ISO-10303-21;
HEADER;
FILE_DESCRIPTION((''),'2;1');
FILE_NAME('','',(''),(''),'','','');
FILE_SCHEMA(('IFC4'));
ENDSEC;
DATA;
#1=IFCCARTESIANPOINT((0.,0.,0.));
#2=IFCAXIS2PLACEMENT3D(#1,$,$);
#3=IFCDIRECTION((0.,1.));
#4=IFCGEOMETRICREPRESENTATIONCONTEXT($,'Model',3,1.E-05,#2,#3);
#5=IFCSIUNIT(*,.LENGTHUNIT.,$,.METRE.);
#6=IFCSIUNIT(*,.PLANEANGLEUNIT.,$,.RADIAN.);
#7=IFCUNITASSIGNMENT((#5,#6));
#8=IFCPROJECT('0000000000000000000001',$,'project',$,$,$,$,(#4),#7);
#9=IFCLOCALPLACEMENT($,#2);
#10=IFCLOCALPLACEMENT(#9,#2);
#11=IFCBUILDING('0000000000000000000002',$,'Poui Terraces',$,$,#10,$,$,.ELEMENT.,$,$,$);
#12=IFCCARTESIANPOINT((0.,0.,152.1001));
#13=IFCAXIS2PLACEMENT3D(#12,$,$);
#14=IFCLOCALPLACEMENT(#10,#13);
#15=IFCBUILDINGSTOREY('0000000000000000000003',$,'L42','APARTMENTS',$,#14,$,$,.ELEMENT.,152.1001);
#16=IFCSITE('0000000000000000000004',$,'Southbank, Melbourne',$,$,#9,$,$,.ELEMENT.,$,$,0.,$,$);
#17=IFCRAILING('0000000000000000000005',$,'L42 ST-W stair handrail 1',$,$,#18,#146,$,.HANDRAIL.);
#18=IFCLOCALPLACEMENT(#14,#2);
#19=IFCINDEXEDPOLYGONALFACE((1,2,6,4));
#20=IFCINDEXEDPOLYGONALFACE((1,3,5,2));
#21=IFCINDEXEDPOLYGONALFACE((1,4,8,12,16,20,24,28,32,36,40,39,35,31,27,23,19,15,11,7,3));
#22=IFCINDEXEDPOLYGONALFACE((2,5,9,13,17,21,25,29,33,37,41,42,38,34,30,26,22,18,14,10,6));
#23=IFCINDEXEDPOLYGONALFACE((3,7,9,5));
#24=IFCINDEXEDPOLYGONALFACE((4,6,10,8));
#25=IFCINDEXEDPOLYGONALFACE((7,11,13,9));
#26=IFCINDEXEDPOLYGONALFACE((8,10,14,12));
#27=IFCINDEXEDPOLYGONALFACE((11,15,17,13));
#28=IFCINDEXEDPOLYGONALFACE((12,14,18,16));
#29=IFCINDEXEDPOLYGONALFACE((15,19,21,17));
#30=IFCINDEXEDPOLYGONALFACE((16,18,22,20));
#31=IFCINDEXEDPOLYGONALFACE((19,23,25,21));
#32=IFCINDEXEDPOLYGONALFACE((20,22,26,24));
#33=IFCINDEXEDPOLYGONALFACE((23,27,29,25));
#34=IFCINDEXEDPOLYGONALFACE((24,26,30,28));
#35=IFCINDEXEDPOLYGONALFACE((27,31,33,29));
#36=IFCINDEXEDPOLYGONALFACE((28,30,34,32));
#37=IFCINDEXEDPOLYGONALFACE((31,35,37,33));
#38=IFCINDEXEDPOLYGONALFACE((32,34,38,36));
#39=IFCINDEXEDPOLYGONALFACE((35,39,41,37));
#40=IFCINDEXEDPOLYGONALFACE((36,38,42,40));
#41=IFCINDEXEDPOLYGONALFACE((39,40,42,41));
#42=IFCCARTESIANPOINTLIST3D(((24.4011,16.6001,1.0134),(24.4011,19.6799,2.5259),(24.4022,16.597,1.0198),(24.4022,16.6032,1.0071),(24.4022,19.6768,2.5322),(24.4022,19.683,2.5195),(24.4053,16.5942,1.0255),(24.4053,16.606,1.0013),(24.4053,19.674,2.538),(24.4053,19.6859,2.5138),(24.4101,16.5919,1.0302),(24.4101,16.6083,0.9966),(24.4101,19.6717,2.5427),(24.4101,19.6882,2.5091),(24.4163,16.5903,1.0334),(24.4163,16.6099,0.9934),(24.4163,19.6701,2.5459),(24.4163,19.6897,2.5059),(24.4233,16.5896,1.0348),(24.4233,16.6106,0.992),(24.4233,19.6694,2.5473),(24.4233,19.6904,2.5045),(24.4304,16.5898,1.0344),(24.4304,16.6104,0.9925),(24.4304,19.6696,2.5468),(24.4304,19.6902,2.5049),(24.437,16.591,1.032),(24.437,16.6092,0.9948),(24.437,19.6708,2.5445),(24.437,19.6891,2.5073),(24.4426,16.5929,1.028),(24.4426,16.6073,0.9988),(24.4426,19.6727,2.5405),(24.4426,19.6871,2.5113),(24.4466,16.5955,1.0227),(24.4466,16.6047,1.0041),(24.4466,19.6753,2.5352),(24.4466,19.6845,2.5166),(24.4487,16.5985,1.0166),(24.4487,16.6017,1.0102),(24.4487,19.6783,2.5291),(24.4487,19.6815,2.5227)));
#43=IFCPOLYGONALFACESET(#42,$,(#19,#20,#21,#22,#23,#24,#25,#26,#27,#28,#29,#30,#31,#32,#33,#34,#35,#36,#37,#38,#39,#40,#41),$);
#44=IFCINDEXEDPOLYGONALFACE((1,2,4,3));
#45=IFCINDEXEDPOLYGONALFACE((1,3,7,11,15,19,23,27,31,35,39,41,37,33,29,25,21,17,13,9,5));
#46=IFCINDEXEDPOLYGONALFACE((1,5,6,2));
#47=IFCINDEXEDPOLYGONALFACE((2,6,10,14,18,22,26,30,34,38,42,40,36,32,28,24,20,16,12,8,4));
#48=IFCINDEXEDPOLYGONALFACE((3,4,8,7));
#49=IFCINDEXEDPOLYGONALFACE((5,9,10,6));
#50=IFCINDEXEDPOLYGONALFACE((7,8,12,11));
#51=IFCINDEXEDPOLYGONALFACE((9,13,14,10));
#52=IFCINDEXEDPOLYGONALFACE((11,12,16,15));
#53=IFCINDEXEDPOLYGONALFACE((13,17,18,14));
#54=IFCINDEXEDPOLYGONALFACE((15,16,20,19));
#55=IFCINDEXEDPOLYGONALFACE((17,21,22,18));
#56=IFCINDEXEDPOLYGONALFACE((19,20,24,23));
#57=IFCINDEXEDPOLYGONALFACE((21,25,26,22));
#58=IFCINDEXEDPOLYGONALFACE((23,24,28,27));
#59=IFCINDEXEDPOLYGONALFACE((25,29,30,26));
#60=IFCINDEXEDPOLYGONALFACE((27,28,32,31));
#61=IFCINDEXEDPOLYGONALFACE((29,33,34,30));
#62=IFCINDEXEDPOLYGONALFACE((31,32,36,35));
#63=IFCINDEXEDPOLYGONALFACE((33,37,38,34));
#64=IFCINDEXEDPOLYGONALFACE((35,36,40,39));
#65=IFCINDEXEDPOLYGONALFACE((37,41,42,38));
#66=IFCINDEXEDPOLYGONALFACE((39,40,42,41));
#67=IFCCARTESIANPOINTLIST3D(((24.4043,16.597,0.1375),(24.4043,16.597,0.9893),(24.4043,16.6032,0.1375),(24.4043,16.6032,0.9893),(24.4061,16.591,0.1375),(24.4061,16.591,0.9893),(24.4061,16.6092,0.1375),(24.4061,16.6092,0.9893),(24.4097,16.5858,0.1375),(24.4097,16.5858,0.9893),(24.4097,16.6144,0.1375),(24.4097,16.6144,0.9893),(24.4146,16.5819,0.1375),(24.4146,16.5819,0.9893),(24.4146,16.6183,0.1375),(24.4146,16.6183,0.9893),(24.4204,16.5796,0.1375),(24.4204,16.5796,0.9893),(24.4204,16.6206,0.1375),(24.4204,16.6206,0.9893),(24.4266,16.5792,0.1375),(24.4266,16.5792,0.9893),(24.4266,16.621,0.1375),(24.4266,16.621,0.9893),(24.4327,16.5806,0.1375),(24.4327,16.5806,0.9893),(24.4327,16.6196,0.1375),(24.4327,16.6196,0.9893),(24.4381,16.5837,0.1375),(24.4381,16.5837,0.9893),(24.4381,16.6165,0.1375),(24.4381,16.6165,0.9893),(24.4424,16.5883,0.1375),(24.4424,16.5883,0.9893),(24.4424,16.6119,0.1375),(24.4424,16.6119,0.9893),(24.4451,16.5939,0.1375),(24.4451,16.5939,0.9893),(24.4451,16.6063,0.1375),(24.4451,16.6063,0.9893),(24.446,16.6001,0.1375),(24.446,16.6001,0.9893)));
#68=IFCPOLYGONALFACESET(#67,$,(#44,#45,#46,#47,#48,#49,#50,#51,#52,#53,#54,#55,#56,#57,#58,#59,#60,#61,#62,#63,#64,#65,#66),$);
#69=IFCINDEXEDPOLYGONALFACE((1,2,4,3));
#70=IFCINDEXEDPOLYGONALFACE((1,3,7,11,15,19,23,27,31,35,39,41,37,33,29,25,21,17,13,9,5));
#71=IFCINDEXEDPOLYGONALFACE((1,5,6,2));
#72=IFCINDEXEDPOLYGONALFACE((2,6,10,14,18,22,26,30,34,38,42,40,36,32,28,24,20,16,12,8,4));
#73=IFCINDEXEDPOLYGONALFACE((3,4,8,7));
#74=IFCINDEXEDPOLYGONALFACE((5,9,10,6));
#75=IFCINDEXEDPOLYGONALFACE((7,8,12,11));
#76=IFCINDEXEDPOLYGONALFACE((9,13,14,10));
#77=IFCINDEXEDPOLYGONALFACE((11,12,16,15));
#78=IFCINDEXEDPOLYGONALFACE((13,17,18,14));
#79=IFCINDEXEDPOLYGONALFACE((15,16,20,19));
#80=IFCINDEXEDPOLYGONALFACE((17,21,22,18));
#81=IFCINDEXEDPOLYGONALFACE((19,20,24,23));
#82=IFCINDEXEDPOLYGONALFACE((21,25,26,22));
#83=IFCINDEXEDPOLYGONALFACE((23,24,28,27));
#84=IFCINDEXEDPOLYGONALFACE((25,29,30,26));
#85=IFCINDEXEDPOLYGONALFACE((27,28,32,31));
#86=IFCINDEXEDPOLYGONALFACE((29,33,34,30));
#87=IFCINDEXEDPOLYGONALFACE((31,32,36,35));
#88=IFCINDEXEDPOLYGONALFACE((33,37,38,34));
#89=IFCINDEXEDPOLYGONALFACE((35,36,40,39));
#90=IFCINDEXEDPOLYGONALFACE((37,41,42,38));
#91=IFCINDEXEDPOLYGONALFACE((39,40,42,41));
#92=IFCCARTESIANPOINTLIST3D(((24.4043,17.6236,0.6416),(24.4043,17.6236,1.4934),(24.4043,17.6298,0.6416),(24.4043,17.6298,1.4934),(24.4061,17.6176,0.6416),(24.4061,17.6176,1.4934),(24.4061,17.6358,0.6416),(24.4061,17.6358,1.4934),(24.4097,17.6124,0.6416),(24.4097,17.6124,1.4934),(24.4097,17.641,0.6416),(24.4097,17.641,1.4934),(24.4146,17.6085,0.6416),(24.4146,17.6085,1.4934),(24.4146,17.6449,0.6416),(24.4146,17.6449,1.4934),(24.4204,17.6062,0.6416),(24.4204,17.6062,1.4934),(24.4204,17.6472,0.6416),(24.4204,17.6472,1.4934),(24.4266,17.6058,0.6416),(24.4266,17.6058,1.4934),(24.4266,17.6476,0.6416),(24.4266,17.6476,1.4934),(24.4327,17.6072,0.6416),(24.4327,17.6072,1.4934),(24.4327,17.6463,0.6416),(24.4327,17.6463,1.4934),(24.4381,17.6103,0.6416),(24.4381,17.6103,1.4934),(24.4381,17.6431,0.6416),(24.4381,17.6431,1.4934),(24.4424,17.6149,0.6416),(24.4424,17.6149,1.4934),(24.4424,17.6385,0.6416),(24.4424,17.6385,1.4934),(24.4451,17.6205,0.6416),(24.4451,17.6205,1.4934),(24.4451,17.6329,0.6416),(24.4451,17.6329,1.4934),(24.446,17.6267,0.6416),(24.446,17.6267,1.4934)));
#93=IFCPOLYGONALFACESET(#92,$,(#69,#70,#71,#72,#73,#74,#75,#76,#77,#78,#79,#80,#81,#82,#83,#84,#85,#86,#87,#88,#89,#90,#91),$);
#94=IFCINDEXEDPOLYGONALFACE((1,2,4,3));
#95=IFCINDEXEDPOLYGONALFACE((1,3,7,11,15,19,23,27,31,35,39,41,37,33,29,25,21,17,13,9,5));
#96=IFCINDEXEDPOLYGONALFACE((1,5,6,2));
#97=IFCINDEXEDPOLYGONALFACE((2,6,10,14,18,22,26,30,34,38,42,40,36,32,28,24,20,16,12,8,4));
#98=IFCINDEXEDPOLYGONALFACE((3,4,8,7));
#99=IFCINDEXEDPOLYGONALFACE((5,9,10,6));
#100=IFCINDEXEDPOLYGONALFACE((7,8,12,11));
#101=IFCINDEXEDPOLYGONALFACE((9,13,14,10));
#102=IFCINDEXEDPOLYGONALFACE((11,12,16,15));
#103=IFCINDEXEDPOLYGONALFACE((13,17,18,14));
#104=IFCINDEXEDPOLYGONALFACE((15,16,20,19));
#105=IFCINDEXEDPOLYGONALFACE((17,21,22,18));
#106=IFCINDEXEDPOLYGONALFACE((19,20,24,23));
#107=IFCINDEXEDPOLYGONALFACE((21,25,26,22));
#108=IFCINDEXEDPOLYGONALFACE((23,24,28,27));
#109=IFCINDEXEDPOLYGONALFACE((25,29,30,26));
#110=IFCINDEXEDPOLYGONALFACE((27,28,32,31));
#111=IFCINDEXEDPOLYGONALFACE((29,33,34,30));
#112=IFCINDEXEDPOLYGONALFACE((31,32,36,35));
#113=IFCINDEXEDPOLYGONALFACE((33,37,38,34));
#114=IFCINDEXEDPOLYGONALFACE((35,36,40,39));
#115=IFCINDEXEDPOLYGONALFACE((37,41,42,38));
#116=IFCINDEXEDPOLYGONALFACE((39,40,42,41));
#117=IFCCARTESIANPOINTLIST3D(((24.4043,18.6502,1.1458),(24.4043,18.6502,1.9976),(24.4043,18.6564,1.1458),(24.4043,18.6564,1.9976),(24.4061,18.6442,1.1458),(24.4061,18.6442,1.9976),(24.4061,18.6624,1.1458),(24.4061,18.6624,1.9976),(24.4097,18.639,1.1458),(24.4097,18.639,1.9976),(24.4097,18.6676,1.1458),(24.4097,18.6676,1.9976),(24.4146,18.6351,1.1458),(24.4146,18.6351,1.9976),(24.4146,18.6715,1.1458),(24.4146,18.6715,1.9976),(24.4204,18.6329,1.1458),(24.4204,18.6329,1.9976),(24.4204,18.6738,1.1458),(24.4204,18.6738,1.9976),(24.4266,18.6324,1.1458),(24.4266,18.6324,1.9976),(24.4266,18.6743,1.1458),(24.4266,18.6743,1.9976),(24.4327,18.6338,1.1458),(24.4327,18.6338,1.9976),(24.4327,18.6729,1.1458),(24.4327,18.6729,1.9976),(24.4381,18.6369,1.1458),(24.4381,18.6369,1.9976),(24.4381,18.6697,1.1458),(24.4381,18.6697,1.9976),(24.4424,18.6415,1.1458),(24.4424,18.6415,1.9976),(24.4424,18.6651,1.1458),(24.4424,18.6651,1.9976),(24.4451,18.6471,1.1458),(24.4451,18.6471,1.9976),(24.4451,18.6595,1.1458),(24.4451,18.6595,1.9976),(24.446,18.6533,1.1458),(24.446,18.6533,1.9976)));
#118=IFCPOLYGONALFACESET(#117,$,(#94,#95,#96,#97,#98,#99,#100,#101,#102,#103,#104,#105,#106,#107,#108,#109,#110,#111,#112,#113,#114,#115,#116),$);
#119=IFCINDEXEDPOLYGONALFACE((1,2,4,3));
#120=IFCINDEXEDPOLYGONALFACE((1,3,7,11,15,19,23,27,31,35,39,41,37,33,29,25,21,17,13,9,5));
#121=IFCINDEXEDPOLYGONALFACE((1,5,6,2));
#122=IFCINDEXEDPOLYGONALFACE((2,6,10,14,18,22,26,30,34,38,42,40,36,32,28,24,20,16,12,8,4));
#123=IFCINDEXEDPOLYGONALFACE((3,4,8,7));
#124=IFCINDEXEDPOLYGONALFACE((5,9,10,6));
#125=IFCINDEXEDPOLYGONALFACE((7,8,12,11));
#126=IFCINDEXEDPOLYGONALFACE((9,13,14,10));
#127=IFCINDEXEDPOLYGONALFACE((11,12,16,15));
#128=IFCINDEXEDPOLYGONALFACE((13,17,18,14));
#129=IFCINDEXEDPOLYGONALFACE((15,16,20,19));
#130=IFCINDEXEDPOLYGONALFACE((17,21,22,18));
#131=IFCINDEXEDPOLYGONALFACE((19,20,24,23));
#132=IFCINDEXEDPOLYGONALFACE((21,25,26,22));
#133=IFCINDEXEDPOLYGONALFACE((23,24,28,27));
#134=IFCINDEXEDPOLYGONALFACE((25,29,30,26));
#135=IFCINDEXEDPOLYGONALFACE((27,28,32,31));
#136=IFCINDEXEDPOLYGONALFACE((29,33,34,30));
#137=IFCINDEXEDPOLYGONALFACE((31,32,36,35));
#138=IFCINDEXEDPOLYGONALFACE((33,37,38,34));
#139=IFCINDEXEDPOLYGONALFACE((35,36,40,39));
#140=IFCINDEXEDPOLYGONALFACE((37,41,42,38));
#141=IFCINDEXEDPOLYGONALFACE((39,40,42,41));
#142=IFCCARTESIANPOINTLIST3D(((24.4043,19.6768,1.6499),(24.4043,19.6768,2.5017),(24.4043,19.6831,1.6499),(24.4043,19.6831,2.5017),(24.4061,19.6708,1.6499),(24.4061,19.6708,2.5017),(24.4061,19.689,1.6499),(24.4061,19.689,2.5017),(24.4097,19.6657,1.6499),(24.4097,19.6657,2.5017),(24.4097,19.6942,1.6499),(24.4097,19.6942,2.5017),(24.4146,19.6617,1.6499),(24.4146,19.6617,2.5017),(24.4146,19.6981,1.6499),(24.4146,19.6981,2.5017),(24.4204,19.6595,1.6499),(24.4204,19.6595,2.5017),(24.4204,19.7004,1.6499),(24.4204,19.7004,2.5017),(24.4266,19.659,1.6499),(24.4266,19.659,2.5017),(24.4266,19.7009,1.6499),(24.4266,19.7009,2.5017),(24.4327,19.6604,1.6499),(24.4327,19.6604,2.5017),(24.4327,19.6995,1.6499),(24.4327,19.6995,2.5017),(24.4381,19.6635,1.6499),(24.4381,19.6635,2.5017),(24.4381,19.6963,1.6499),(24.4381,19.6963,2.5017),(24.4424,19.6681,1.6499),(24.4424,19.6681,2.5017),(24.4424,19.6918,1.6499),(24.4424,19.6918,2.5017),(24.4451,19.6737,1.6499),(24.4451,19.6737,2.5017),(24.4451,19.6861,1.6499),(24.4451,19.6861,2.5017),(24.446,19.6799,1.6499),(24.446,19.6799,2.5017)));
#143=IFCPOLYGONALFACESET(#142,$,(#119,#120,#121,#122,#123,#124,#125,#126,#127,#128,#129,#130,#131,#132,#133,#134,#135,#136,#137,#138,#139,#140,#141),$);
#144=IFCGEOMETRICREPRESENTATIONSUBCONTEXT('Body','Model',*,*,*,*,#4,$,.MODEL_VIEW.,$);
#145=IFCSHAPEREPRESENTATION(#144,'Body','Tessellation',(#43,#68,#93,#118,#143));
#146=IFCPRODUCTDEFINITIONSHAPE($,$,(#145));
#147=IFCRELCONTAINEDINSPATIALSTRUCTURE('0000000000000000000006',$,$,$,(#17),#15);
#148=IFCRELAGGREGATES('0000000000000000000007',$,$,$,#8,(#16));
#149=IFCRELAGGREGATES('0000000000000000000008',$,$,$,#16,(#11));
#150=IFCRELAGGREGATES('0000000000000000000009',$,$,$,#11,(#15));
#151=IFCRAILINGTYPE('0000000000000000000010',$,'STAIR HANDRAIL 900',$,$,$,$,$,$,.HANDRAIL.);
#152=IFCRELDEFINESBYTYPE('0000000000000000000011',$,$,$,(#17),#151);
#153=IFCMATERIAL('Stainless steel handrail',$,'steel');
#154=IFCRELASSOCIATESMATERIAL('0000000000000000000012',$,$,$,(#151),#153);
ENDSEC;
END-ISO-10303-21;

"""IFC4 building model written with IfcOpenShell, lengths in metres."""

from ifc_helpers import new_model, si_unit, direction, frame, origin, origin_2d, place, context, subcontext, project, spatial, circle, extrude, material, type_object, element, save


model = new_model("IFC4")

# Units and contexts
model_context = context("Model", 3, precision=1e-05, world=origin(), true_north=direction((0.0, 1.0)))
body_context = subcontext(model_context, "Body", "Model", "MODEL_VIEW")
ifc_project = project(units=[si_unit("LENGTHUNIT", "METRE"), si_unit("PLANEANGLEUNIT", "RADIAN")], contexts=[model_context])

# Site, building, storey
site_placement = place(None, origin())
site = spatial("IfcSite", under=ifc_project, at=site_placement, Name="Southbank, Melbourne", CompositionType="ELEMENT", RefElevation=0.0)
building_placement = place(site_placement, origin())
building = spatial("IfcBuilding", under=site, at=building_placement, Name="Poui Terraces", CompositionType="ELEMENT")
storey_placement = place(building_placement, frame((0.0, 0.0, 152.1001)))
storey = spatial("IfcBuildingStorey", under=building, at=storey_placement, Name="L42", Description="APARTMENTS", CompositionType="ELEMENT", Elevation=152.1001)

# Railing
ifc_material_1 = material(Name="Stainless steel handrail", Category="steel")
railing_type_1 = type_object("IfcRailingType", Name="STAIR HANDRAIL 900", PredefinedType="HANDRAIL", material=ifc_material_1)
railing_1_placement = place(storey_placement, frame((24.425, 16.6001, 0.1375)))
element("IfcRailing", 1, at=railing_1_placement, inside=storey, type_object=railing_type_1, Name="L42 ST-W stair handrail 1", PredefinedType="HANDRAIL", context=body_context, shape_type="SweptSolid", body=[
    extrude(circle(Radius=0.0239, at=origin_2d()), frame((0.0, 0.0, 0.876), z_axis=(0.0, 0.897606, 0.440798), x_axis=(-1.0, 0.0, 0.0)), (0.0, 0.0, 1.0), 3.4312),
    extrude(circle(Radius=0.021, at=origin_2d()), origin(), (0.0, 0.0, 1.0), 0.8518),
    extrude(circle(Radius=0.021, at=origin_2d()), frame((0.0, 1.0266, 0.5042)), (0.0, 0.0, 1.0), 0.8518),
    extrude(circle(Radius=0.021, at=origin_2d()), frame((0.0, 2.0532, 1.0083)), (0.0, 0.0, 1.0), 0.8518),
    extrude(circle(Radius=0.021, at=origin_2d()), frame((0.0, 3.0798, 1.5125)), (0.0, 0.0, 1.0), 0.8518),
])

save(model, "model.ifc")
